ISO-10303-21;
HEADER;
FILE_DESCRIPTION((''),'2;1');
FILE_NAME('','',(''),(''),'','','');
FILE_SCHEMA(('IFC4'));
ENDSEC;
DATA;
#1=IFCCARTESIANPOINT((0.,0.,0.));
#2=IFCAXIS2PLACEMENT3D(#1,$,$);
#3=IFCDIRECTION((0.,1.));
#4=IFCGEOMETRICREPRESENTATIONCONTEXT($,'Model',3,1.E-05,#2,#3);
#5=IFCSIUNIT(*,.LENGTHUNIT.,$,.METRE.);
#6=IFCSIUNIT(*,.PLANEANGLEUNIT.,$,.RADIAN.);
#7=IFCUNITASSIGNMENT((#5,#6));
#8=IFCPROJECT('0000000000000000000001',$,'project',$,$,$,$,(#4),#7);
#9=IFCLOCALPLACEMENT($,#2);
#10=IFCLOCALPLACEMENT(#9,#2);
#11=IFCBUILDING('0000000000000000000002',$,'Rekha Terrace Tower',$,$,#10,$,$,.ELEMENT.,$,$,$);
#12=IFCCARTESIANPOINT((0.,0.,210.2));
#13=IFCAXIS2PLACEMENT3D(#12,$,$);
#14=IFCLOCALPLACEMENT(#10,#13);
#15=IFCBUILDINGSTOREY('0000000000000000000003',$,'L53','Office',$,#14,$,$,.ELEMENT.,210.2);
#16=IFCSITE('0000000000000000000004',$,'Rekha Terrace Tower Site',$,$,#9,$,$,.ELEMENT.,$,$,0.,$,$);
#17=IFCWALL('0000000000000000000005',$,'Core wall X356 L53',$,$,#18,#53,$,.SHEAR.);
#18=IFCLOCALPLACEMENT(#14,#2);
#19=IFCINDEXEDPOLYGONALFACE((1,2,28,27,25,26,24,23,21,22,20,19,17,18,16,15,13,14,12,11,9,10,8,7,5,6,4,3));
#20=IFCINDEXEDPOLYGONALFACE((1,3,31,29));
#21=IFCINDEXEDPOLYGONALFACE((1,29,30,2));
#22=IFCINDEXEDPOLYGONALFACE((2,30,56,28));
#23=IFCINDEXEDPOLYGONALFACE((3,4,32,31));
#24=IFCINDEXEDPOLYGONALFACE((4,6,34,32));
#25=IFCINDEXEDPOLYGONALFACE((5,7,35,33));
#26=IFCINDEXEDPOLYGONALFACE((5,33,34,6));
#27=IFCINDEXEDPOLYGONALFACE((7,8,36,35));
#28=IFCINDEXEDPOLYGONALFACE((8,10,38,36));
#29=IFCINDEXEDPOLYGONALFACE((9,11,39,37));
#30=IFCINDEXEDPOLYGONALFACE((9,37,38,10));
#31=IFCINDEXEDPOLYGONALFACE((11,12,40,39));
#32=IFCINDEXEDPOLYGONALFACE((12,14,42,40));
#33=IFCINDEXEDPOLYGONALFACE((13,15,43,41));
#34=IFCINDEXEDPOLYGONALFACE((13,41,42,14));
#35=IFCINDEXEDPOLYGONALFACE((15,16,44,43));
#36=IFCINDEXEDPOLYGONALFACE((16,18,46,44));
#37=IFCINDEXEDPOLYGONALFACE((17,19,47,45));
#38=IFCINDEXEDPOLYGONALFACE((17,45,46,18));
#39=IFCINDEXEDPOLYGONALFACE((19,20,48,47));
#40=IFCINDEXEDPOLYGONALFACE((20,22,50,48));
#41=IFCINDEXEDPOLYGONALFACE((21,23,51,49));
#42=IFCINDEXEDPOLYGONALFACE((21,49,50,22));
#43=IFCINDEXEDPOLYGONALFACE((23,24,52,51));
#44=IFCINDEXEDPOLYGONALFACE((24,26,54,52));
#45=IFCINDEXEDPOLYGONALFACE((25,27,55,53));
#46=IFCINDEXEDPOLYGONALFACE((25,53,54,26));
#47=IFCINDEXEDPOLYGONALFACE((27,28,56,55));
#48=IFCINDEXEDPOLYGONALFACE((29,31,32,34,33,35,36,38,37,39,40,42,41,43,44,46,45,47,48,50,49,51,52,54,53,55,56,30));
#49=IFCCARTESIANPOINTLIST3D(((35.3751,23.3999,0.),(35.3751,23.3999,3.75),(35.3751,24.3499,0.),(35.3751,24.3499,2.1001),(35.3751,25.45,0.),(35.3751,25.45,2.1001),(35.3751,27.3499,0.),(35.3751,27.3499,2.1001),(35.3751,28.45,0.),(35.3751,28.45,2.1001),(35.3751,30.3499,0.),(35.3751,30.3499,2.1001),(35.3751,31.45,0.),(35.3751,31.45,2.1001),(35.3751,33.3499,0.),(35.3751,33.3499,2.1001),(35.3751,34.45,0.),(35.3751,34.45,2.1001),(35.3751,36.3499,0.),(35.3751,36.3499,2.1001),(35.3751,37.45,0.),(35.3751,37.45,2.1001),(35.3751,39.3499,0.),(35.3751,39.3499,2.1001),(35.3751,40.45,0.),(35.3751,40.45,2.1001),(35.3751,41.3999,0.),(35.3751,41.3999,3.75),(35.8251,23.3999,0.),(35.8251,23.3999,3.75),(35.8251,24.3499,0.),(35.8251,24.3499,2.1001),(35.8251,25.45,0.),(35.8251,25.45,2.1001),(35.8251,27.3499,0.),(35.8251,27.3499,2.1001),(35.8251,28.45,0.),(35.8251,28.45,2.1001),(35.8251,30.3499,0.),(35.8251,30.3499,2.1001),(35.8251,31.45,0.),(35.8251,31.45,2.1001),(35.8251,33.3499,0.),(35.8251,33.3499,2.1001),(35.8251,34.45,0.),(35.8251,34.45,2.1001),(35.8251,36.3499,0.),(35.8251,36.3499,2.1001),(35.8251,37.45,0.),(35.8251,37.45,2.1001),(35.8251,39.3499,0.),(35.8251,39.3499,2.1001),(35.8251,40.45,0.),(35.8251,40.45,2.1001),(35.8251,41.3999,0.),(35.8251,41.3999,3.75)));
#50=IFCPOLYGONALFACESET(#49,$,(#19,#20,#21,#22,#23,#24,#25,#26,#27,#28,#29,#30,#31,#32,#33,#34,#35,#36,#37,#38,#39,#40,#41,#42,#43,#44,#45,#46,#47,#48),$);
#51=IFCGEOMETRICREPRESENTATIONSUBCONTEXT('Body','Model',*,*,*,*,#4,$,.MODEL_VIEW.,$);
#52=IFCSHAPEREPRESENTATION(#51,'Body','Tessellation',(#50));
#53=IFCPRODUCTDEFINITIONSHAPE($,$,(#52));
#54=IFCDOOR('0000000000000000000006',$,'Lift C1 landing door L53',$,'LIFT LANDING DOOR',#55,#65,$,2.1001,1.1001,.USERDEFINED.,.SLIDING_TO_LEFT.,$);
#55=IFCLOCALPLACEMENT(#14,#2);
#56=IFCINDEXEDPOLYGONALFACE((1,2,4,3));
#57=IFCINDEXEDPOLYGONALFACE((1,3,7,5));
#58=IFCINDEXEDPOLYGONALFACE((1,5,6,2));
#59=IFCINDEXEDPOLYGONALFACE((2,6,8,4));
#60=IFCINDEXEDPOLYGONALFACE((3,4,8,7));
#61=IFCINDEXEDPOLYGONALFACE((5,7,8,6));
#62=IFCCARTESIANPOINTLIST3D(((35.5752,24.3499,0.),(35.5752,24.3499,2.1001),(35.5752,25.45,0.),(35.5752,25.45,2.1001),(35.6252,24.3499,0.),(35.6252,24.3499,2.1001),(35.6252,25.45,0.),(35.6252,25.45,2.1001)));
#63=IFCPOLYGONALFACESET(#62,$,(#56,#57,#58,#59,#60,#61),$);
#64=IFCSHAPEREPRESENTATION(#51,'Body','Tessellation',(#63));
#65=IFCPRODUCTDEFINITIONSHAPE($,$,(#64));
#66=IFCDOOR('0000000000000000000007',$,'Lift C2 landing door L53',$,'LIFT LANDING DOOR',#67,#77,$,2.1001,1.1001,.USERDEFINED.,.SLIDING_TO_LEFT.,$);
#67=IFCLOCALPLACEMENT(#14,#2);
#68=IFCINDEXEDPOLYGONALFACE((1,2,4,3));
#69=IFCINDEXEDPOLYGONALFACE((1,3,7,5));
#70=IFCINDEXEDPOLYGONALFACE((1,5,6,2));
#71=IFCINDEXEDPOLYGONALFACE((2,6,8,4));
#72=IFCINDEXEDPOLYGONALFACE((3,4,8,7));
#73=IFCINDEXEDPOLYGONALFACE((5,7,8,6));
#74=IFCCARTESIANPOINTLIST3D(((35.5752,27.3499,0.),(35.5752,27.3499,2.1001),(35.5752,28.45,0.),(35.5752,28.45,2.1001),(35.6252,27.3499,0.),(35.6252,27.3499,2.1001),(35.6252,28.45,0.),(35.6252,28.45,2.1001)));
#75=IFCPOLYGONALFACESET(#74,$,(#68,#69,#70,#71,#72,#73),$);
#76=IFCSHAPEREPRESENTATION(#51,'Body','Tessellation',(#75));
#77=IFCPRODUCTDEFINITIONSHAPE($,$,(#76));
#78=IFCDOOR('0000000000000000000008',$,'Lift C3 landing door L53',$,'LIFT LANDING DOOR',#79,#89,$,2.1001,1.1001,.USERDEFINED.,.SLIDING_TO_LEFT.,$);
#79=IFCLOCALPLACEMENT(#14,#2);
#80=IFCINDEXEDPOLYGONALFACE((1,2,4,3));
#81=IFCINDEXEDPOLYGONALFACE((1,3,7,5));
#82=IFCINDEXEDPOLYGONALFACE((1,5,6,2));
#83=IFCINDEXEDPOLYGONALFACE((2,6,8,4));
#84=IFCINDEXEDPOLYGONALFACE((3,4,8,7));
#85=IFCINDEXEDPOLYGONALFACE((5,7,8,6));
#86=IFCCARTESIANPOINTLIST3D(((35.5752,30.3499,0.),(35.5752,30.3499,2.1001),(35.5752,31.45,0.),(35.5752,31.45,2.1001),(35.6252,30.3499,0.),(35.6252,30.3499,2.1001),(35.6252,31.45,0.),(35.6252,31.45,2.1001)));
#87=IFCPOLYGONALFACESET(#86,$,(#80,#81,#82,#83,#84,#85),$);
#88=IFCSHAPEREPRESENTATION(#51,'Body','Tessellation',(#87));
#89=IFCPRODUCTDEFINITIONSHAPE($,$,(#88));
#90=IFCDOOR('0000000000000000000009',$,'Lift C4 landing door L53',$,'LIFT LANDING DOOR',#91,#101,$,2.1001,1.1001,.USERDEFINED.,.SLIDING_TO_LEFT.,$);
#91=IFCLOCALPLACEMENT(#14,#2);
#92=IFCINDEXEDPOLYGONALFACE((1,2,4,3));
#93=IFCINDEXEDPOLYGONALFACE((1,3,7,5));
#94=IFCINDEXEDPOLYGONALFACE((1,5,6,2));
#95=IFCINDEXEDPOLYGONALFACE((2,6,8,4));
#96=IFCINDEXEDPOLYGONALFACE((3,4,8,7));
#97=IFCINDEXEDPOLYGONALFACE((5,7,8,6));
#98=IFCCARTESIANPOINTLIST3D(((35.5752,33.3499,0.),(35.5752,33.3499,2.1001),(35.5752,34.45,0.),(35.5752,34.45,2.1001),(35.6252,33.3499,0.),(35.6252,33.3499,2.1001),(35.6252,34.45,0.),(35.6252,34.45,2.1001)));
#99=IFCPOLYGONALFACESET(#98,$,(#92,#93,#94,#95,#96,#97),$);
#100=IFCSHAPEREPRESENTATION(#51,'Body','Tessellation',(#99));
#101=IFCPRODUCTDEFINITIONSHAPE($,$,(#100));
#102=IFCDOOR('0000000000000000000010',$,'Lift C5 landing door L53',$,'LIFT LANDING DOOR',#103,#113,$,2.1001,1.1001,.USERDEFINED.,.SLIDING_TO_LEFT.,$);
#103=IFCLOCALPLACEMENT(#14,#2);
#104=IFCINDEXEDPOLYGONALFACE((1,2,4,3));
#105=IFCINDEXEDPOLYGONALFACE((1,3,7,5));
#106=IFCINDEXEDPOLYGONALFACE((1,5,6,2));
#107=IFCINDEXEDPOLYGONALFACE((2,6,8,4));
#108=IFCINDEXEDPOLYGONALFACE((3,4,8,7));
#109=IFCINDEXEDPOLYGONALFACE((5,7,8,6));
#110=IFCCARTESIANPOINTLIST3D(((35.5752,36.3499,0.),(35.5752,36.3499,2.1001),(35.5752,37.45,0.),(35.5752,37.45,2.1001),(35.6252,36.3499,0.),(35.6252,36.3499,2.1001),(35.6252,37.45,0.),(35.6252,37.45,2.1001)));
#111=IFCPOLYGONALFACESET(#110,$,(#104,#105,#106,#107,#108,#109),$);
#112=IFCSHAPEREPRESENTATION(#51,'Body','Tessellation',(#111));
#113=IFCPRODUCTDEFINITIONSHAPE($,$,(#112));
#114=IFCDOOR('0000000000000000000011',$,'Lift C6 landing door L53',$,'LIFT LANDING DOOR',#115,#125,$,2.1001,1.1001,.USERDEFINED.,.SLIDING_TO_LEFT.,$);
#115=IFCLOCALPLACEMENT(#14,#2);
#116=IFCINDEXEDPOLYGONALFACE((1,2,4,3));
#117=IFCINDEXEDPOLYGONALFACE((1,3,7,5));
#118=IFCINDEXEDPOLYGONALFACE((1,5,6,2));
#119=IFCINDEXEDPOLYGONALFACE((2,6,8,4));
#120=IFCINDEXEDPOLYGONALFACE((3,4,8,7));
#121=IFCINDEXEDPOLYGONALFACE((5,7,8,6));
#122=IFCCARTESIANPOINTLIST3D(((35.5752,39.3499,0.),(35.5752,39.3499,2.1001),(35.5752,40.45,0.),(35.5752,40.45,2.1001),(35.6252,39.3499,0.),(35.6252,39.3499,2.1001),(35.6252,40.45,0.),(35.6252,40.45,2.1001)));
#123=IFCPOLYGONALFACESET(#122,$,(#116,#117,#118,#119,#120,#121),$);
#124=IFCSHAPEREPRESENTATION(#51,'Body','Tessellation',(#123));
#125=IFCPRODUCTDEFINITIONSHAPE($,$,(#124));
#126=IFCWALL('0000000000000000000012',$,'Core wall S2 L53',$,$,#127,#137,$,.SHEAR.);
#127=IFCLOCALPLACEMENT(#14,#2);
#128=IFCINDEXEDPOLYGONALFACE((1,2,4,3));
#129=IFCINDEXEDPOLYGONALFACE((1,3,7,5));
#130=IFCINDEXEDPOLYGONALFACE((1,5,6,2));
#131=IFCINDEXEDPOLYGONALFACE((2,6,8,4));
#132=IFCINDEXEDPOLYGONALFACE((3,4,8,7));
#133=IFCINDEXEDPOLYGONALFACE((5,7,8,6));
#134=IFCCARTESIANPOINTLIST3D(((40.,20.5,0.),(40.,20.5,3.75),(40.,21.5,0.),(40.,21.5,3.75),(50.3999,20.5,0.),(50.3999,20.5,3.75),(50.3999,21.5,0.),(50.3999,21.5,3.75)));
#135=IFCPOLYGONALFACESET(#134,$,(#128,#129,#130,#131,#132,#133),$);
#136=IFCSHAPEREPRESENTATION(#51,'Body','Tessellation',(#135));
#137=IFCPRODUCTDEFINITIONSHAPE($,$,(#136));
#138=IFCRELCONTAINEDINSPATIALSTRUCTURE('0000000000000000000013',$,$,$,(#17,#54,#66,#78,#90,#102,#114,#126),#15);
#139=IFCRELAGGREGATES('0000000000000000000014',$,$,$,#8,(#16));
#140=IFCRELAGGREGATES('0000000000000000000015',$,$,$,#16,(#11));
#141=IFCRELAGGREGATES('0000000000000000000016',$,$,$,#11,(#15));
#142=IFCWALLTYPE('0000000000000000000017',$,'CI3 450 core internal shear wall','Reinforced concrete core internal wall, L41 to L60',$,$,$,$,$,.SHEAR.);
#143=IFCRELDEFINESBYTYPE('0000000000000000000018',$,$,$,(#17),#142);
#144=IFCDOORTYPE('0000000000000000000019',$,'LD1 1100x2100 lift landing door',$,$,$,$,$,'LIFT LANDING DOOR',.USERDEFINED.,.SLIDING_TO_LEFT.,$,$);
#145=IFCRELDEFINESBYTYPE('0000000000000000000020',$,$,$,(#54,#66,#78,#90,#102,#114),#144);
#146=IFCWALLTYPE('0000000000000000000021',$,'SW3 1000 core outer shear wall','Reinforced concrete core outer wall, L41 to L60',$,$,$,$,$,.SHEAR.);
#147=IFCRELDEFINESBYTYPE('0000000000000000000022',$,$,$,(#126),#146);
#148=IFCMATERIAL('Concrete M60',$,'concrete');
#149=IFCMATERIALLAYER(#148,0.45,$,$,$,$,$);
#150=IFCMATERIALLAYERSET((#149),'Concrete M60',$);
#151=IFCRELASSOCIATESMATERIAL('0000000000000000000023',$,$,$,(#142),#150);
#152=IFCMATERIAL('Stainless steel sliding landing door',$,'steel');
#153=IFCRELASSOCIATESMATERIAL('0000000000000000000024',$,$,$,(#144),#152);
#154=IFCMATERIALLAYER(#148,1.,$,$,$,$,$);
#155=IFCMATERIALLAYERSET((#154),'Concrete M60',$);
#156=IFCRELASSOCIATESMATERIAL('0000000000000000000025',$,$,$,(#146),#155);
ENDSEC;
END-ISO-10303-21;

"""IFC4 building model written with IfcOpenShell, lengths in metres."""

from ifc_helpers import new_model, si_unit, direction, frame, frame_2d, origin, place, context, subcontext, project, spatial, rectangle, extrude, material, layer, layer_set, type_object, element, fill, save


model = new_model("IFC4")

# Units and contexts
model_context = context("Model", 3, precision=1e-05, world=origin(), true_north=direction((0.0, 1.0)))
body_context = subcontext(model_context, "Body", "Model", "MODEL_VIEW")
ifc_project = project(units=[si_unit("LENGTHUNIT", "METRE"), si_unit("PLANEANGLEUNIT", "RADIAN")], contexts=[model_context])

# Site, building, storey
site_placement = place(None, origin())
site = spatial("IfcSite", under=ifc_project, at=site_placement, Name="Rekha Terrace Tower Site", CompositionType="ELEMENT", RefElevation=0.0)
building_placement = place(site_placement, origin())
building = spatial("IfcBuilding", under=site, at=building_placement, Name="Rekha Terrace Tower", CompositionType="ELEMENT")
storey_placement = place(building_placement, frame((0.0, 0.0, 210.2)))
storey = spatial("IfcBuildingStorey", under=building, at=storey_placement, Name="L53", Description="Office", CompositionType="ELEMENT", Elevation=210.2)

# Shared definitions
ifc_material_1 = material(Name="Concrete M60", Category="concrete")

# Wall, openings, doors
ifc_layer_1 = layer(ifc_material_1, 0.45)
ifc_layer_set_1 = layer_set([ifc_layer_1], Name="Concrete M60")
wall_type_1 = type_object("IfcWallType", Name="CI3 450 core internal shear wall", Description="Reinforced concrete core internal wall, L41 to L60", PredefinedType="SHEAR", material=ifc_layer_set_1)
wall_1_placement = place(storey_placement, frame((35.6001, 23.3999, 0.0), z_axis=(0.0, 0.0, 1.0), x_axis=(0.0, 1.0, 0.0)))
wall_1 = element("IfcWall", 1, at=wall_1_placement, inside=storey, type_object=wall_type_1, Name="Core wall X356 L53", PredefinedType="SHEAR", context=body_context, shape_type="SweptSolid", body=[
    extrude(rectangle(XDim=18.0, YDim=0.45, at=frame_2d((9.0, 0.0))), origin(), (0.0, 0.0, 1.0), 3.75),
])
opening_1_placement = place(wall_1_placement, frame((0.95, 0.0, 0.0)))
opening_1 = element("IfcOpeningElement", 2, at=opening_1_placement, cuts=wall_1, PredefinedType="OPENING", context=body_context, shape_type="SweptSolid", body=[
    extrude(rectangle(XDim=1.1001, YDim=2.1001, at=frame_2d((0.55, 1.05))), frame((0.0, 0.2349, 0.0), z_axis=(0.0, -1.0, 0.0), x_axis=(1.0, 0.0, 0.0)), (0.0, 0.0, 1.0), 0.47),
])
opening_2_placement = place(wall_1_placement, frame((3.95, 0.0, 0.0)))
opening_2 = element("IfcOpeningElement", 3, at=opening_2_placement, cuts=wall_1, PredefinedType="OPENING", context=body_context, shape_type="SweptSolid", body=[
    extrude(rectangle(XDim=1.1001, YDim=2.1001, at=frame_2d((0.55, 1.05))), frame((0.0, 0.2349, 0.0), z_axis=(0.0, -1.0, 0.0), x_axis=(1.0, 0.0, 0.0)), (0.0, 0.0, 1.0), 0.47),
])
opening_3_placement = place(wall_1_placement, frame((6.95, 0.0, 0.0)))
opening_3 = element("IfcOpeningElement", 4, at=opening_3_placement, cuts=wall_1, PredefinedType="OPENING", context=body_context, shape_type="SweptSolid", body=[
    extrude(rectangle(XDim=1.1001, YDim=2.1001, at=frame_2d((0.55, 1.05))), frame((0.0, 0.2349, 0.0), z_axis=(0.0, -1.0, 0.0), x_axis=(1.0, 0.0, 0.0)), (0.0, 0.0, 1.0), 0.47),
])
opening_4_placement = place(wall_1_placement, frame((9.95, 0.0, 0.0)))
opening_4 = element("IfcOpeningElement", 5, at=opening_4_placement, cuts=wall_1, PredefinedType="OPENING", context=body_context, shape_type="SweptSolid", body=[
    extrude(rectangle(XDim=1.1001, YDim=2.1001, at=frame_2d((0.55, 1.05))), frame((0.0, 0.2349, 0.0), z_axis=(0.0, -1.0, 0.0), x_axis=(1.0, 0.0, 0.0)), (0.0, 0.0, 1.0), 0.47),
])
opening_5_placement = place(wall_1_placement, frame((12.95, 0.0, 0.0)))
opening_5 = element("IfcOpeningElement", 6, at=opening_5_placement, cuts=wall_1, PredefinedType="OPENING", context=body_context, shape_type="SweptSolid", body=[
    extrude(rectangle(XDim=1.1001, YDim=2.1001, at=frame_2d((0.55, 1.05))), frame((0.0, 0.2349, 0.0), z_axis=(0.0, -1.0, 0.0), x_axis=(1.0, 0.0, 0.0)), (0.0, 0.0, 1.0), 0.47),
])
opening_6_placement = place(wall_1_placement, frame((15.95, 0.0, 0.0)))
opening_6 = element("IfcOpeningElement", 7, at=opening_6_placement, cuts=wall_1, PredefinedType="OPENING", context=body_context, shape_type="SweptSolid", body=[
    extrude(rectangle(XDim=1.1001, YDim=2.1001, at=frame_2d((0.55, 1.05))), frame((0.0, 0.2349, 0.0), z_axis=(0.0, -1.0, 0.0), x_axis=(1.0, 0.0, 0.0)), (0.0, 0.0, 1.0), 0.47),
])
ifc_material_2 = material(Name="Stainless steel sliding landing door", Category="steel")
door_type_1 = type_object("IfcDoorType", Name="LD1 1100x2100 lift landing door", ElementType="LIFT LANDING DOOR", OperationType="SLIDING_TO_LEFT", PredefinedType="USERDEFINED", material=ifc_material_2)
door_1_placement = place(opening_1_placement, origin())
door_1 = element("IfcDoor", 8, at=door_1_placement, inside=storey, type_object=door_type_1, Name="Lift C1 landing door L53", ObjectType="LIFT LANDING DOOR", OperationType="SLIDING_TO_LEFT", OverallHeight=2.1001, OverallWidth=1.1001, PredefinedType="USERDEFINED", context=body_context, shape_type="SweptSolid", body=[
    extrude(rectangle(XDim=1.1001, YDim=2.1001, at=frame_2d((0.55, 1.05))), frame((0.0, 0.0249, 0.0), z_axis=(0.0, -1.0, 0.0), x_axis=(1.0, 0.0, 0.0)), (0.0, 0.0, 1.0), 0.05),
])
fill(opening_1, door_1)
door_2_placement = place(opening_2_placement, origin())
door_2 = element("IfcDoor", 9, at=door_2_placement, inside=storey, type_object=door_type_1, Name="Lift C2 landing door L53", ObjectType="LIFT LANDING DOOR", OperationType="SLIDING_TO_LEFT", OverallHeight=2.1001, OverallWidth=1.1001, PredefinedType="USERDEFINED", context=body_context, shape_type="SweptSolid", body=[
    extrude(rectangle(XDim=1.1001, YDim=2.1001, at=frame_2d((0.55, 1.05))), frame((0.0, 0.0249, 0.0), z_axis=(0.0, -1.0, 0.0), x_axis=(1.0, 0.0, 0.0)), (0.0, 0.0, 1.0), 0.05),
])
fill(opening_2, door_2)
door_3_placement = place(opening_3_placement, origin())
door_3 = element("IfcDoor", 10, at=door_3_placement, inside=storey, type_object=door_type_1, Name="Lift C3 landing door L53", ObjectType="LIFT LANDING DOOR", OperationType="SLIDING_TO_LEFT", OverallHeight=2.1001, OverallWidth=1.1001, PredefinedType="USERDEFINED", context=body_context, shape_type="SweptSolid", body=[
    extrude(rectangle(XDim=1.1001, YDim=2.1001, at=frame_2d((0.55, 1.05))), frame((0.0, 0.0249, 0.0), z_axis=(0.0, -1.0, 0.0), x_axis=(1.0, 0.0, 0.0)), (0.0, 0.0, 1.0), 0.05),
])
fill(opening_3, door_3)
door_4_placement = place(opening_4_placement, origin())
door_4 = element("IfcDoor", 11, at=door_4_placement, inside=storey, type_object=door_type_1, Name="Lift C4 landing door L53", ObjectType="LIFT LANDING DOOR", OperationType="SLIDING_TO_LEFT", OverallHeight=2.1001, OverallWidth=1.1001, PredefinedType="USERDEFINED", context=body_context, shape_type="SweptSolid", body=[
    extrude(rectangle(XDim=1.1001, YDim=2.1001, at=frame_2d((0.55, 1.05))), frame((0.0, 0.0249, 0.0), z_axis=(0.0, -1.0, 0.0), x_axis=(1.0, 0.0, 0.0)), (0.0, 0.0, 1.0), 0.05),
])
fill(opening_4, door_4)
door_5_placement = place(opening_5_placement, origin())
door_5 = element("IfcDoor", 12, at=door_5_placement, inside=storey, type_object=door_type_1, Name="Lift C5 landing door L53", ObjectType="LIFT LANDING DOOR", OperationType="SLIDING_TO_LEFT", OverallHeight=2.1001, OverallWidth=1.1001, PredefinedType="USERDEFINED", context=body_context, shape_type="SweptSolid", body=[
    extrude(rectangle(XDim=1.1001, YDim=2.1001, at=frame_2d((0.55, 1.05))), frame((0.0, 0.0249, 0.0), z_axis=(0.0, -1.0, 0.0), x_axis=(1.0, 0.0, 0.0)), (0.0, 0.0, 1.0), 0.05),
])
fill(opening_5, door_5)
door_6_placement = place(opening_6_placement, origin())
door_6 = element("IfcDoor", 13, at=door_6_placement, inside=storey, type_object=door_type_1, Name="Lift C6 landing door L53", ObjectType="LIFT LANDING DOOR", OperationType="SLIDING_TO_LEFT", OverallHeight=2.1001, OverallWidth=1.1001, PredefinedType="USERDEFINED", context=body_context, shape_type="SweptSolid", body=[
    extrude(rectangle(XDim=1.1001, YDim=2.1001, at=frame_2d((0.55, 1.05))), frame((0.0, 0.0249, 0.0), z_axis=(0.0, -1.0, 0.0), x_axis=(1.0, 0.0, 0.0)), (0.0, 0.0, 1.0), 0.05),
])
fill(opening_6, door_6)

# Wall
ifc_layer_2 = layer(ifc_material_1, 1.0)
ifc_layer_set_2 = layer_set([ifc_layer_2], Name="Concrete M60")
wall_type_2 = type_object("IfcWallType", Name="SW3 1000 core outer shear wall", Description="Reinforced concrete core outer wall, L41 to L60", PredefinedType="SHEAR", material=ifc_layer_set_2)
wall_2_placement = place(storey_placement, frame((40.0, 21.0, 0.0), z_axis=(0.0, 0.0, 1.0), x_axis=(1.0, 0.0, 0.0)))
element("IfcWall", 14, at=wall_2_placement, inside=storey, type_object=wall_type_2, Name="Core wall S2 L53", PredefinedType="SHEAR", context=body_context, shape_type="SweptSolid", body=[
    extrude(rectangle(XDim=10.3999, YDim=1.0, at=frame_2d((5.2, 0.0))), origin(), (0.0, 0.0, 1.0), 3.75),
])

save(model, "model.ifc")
